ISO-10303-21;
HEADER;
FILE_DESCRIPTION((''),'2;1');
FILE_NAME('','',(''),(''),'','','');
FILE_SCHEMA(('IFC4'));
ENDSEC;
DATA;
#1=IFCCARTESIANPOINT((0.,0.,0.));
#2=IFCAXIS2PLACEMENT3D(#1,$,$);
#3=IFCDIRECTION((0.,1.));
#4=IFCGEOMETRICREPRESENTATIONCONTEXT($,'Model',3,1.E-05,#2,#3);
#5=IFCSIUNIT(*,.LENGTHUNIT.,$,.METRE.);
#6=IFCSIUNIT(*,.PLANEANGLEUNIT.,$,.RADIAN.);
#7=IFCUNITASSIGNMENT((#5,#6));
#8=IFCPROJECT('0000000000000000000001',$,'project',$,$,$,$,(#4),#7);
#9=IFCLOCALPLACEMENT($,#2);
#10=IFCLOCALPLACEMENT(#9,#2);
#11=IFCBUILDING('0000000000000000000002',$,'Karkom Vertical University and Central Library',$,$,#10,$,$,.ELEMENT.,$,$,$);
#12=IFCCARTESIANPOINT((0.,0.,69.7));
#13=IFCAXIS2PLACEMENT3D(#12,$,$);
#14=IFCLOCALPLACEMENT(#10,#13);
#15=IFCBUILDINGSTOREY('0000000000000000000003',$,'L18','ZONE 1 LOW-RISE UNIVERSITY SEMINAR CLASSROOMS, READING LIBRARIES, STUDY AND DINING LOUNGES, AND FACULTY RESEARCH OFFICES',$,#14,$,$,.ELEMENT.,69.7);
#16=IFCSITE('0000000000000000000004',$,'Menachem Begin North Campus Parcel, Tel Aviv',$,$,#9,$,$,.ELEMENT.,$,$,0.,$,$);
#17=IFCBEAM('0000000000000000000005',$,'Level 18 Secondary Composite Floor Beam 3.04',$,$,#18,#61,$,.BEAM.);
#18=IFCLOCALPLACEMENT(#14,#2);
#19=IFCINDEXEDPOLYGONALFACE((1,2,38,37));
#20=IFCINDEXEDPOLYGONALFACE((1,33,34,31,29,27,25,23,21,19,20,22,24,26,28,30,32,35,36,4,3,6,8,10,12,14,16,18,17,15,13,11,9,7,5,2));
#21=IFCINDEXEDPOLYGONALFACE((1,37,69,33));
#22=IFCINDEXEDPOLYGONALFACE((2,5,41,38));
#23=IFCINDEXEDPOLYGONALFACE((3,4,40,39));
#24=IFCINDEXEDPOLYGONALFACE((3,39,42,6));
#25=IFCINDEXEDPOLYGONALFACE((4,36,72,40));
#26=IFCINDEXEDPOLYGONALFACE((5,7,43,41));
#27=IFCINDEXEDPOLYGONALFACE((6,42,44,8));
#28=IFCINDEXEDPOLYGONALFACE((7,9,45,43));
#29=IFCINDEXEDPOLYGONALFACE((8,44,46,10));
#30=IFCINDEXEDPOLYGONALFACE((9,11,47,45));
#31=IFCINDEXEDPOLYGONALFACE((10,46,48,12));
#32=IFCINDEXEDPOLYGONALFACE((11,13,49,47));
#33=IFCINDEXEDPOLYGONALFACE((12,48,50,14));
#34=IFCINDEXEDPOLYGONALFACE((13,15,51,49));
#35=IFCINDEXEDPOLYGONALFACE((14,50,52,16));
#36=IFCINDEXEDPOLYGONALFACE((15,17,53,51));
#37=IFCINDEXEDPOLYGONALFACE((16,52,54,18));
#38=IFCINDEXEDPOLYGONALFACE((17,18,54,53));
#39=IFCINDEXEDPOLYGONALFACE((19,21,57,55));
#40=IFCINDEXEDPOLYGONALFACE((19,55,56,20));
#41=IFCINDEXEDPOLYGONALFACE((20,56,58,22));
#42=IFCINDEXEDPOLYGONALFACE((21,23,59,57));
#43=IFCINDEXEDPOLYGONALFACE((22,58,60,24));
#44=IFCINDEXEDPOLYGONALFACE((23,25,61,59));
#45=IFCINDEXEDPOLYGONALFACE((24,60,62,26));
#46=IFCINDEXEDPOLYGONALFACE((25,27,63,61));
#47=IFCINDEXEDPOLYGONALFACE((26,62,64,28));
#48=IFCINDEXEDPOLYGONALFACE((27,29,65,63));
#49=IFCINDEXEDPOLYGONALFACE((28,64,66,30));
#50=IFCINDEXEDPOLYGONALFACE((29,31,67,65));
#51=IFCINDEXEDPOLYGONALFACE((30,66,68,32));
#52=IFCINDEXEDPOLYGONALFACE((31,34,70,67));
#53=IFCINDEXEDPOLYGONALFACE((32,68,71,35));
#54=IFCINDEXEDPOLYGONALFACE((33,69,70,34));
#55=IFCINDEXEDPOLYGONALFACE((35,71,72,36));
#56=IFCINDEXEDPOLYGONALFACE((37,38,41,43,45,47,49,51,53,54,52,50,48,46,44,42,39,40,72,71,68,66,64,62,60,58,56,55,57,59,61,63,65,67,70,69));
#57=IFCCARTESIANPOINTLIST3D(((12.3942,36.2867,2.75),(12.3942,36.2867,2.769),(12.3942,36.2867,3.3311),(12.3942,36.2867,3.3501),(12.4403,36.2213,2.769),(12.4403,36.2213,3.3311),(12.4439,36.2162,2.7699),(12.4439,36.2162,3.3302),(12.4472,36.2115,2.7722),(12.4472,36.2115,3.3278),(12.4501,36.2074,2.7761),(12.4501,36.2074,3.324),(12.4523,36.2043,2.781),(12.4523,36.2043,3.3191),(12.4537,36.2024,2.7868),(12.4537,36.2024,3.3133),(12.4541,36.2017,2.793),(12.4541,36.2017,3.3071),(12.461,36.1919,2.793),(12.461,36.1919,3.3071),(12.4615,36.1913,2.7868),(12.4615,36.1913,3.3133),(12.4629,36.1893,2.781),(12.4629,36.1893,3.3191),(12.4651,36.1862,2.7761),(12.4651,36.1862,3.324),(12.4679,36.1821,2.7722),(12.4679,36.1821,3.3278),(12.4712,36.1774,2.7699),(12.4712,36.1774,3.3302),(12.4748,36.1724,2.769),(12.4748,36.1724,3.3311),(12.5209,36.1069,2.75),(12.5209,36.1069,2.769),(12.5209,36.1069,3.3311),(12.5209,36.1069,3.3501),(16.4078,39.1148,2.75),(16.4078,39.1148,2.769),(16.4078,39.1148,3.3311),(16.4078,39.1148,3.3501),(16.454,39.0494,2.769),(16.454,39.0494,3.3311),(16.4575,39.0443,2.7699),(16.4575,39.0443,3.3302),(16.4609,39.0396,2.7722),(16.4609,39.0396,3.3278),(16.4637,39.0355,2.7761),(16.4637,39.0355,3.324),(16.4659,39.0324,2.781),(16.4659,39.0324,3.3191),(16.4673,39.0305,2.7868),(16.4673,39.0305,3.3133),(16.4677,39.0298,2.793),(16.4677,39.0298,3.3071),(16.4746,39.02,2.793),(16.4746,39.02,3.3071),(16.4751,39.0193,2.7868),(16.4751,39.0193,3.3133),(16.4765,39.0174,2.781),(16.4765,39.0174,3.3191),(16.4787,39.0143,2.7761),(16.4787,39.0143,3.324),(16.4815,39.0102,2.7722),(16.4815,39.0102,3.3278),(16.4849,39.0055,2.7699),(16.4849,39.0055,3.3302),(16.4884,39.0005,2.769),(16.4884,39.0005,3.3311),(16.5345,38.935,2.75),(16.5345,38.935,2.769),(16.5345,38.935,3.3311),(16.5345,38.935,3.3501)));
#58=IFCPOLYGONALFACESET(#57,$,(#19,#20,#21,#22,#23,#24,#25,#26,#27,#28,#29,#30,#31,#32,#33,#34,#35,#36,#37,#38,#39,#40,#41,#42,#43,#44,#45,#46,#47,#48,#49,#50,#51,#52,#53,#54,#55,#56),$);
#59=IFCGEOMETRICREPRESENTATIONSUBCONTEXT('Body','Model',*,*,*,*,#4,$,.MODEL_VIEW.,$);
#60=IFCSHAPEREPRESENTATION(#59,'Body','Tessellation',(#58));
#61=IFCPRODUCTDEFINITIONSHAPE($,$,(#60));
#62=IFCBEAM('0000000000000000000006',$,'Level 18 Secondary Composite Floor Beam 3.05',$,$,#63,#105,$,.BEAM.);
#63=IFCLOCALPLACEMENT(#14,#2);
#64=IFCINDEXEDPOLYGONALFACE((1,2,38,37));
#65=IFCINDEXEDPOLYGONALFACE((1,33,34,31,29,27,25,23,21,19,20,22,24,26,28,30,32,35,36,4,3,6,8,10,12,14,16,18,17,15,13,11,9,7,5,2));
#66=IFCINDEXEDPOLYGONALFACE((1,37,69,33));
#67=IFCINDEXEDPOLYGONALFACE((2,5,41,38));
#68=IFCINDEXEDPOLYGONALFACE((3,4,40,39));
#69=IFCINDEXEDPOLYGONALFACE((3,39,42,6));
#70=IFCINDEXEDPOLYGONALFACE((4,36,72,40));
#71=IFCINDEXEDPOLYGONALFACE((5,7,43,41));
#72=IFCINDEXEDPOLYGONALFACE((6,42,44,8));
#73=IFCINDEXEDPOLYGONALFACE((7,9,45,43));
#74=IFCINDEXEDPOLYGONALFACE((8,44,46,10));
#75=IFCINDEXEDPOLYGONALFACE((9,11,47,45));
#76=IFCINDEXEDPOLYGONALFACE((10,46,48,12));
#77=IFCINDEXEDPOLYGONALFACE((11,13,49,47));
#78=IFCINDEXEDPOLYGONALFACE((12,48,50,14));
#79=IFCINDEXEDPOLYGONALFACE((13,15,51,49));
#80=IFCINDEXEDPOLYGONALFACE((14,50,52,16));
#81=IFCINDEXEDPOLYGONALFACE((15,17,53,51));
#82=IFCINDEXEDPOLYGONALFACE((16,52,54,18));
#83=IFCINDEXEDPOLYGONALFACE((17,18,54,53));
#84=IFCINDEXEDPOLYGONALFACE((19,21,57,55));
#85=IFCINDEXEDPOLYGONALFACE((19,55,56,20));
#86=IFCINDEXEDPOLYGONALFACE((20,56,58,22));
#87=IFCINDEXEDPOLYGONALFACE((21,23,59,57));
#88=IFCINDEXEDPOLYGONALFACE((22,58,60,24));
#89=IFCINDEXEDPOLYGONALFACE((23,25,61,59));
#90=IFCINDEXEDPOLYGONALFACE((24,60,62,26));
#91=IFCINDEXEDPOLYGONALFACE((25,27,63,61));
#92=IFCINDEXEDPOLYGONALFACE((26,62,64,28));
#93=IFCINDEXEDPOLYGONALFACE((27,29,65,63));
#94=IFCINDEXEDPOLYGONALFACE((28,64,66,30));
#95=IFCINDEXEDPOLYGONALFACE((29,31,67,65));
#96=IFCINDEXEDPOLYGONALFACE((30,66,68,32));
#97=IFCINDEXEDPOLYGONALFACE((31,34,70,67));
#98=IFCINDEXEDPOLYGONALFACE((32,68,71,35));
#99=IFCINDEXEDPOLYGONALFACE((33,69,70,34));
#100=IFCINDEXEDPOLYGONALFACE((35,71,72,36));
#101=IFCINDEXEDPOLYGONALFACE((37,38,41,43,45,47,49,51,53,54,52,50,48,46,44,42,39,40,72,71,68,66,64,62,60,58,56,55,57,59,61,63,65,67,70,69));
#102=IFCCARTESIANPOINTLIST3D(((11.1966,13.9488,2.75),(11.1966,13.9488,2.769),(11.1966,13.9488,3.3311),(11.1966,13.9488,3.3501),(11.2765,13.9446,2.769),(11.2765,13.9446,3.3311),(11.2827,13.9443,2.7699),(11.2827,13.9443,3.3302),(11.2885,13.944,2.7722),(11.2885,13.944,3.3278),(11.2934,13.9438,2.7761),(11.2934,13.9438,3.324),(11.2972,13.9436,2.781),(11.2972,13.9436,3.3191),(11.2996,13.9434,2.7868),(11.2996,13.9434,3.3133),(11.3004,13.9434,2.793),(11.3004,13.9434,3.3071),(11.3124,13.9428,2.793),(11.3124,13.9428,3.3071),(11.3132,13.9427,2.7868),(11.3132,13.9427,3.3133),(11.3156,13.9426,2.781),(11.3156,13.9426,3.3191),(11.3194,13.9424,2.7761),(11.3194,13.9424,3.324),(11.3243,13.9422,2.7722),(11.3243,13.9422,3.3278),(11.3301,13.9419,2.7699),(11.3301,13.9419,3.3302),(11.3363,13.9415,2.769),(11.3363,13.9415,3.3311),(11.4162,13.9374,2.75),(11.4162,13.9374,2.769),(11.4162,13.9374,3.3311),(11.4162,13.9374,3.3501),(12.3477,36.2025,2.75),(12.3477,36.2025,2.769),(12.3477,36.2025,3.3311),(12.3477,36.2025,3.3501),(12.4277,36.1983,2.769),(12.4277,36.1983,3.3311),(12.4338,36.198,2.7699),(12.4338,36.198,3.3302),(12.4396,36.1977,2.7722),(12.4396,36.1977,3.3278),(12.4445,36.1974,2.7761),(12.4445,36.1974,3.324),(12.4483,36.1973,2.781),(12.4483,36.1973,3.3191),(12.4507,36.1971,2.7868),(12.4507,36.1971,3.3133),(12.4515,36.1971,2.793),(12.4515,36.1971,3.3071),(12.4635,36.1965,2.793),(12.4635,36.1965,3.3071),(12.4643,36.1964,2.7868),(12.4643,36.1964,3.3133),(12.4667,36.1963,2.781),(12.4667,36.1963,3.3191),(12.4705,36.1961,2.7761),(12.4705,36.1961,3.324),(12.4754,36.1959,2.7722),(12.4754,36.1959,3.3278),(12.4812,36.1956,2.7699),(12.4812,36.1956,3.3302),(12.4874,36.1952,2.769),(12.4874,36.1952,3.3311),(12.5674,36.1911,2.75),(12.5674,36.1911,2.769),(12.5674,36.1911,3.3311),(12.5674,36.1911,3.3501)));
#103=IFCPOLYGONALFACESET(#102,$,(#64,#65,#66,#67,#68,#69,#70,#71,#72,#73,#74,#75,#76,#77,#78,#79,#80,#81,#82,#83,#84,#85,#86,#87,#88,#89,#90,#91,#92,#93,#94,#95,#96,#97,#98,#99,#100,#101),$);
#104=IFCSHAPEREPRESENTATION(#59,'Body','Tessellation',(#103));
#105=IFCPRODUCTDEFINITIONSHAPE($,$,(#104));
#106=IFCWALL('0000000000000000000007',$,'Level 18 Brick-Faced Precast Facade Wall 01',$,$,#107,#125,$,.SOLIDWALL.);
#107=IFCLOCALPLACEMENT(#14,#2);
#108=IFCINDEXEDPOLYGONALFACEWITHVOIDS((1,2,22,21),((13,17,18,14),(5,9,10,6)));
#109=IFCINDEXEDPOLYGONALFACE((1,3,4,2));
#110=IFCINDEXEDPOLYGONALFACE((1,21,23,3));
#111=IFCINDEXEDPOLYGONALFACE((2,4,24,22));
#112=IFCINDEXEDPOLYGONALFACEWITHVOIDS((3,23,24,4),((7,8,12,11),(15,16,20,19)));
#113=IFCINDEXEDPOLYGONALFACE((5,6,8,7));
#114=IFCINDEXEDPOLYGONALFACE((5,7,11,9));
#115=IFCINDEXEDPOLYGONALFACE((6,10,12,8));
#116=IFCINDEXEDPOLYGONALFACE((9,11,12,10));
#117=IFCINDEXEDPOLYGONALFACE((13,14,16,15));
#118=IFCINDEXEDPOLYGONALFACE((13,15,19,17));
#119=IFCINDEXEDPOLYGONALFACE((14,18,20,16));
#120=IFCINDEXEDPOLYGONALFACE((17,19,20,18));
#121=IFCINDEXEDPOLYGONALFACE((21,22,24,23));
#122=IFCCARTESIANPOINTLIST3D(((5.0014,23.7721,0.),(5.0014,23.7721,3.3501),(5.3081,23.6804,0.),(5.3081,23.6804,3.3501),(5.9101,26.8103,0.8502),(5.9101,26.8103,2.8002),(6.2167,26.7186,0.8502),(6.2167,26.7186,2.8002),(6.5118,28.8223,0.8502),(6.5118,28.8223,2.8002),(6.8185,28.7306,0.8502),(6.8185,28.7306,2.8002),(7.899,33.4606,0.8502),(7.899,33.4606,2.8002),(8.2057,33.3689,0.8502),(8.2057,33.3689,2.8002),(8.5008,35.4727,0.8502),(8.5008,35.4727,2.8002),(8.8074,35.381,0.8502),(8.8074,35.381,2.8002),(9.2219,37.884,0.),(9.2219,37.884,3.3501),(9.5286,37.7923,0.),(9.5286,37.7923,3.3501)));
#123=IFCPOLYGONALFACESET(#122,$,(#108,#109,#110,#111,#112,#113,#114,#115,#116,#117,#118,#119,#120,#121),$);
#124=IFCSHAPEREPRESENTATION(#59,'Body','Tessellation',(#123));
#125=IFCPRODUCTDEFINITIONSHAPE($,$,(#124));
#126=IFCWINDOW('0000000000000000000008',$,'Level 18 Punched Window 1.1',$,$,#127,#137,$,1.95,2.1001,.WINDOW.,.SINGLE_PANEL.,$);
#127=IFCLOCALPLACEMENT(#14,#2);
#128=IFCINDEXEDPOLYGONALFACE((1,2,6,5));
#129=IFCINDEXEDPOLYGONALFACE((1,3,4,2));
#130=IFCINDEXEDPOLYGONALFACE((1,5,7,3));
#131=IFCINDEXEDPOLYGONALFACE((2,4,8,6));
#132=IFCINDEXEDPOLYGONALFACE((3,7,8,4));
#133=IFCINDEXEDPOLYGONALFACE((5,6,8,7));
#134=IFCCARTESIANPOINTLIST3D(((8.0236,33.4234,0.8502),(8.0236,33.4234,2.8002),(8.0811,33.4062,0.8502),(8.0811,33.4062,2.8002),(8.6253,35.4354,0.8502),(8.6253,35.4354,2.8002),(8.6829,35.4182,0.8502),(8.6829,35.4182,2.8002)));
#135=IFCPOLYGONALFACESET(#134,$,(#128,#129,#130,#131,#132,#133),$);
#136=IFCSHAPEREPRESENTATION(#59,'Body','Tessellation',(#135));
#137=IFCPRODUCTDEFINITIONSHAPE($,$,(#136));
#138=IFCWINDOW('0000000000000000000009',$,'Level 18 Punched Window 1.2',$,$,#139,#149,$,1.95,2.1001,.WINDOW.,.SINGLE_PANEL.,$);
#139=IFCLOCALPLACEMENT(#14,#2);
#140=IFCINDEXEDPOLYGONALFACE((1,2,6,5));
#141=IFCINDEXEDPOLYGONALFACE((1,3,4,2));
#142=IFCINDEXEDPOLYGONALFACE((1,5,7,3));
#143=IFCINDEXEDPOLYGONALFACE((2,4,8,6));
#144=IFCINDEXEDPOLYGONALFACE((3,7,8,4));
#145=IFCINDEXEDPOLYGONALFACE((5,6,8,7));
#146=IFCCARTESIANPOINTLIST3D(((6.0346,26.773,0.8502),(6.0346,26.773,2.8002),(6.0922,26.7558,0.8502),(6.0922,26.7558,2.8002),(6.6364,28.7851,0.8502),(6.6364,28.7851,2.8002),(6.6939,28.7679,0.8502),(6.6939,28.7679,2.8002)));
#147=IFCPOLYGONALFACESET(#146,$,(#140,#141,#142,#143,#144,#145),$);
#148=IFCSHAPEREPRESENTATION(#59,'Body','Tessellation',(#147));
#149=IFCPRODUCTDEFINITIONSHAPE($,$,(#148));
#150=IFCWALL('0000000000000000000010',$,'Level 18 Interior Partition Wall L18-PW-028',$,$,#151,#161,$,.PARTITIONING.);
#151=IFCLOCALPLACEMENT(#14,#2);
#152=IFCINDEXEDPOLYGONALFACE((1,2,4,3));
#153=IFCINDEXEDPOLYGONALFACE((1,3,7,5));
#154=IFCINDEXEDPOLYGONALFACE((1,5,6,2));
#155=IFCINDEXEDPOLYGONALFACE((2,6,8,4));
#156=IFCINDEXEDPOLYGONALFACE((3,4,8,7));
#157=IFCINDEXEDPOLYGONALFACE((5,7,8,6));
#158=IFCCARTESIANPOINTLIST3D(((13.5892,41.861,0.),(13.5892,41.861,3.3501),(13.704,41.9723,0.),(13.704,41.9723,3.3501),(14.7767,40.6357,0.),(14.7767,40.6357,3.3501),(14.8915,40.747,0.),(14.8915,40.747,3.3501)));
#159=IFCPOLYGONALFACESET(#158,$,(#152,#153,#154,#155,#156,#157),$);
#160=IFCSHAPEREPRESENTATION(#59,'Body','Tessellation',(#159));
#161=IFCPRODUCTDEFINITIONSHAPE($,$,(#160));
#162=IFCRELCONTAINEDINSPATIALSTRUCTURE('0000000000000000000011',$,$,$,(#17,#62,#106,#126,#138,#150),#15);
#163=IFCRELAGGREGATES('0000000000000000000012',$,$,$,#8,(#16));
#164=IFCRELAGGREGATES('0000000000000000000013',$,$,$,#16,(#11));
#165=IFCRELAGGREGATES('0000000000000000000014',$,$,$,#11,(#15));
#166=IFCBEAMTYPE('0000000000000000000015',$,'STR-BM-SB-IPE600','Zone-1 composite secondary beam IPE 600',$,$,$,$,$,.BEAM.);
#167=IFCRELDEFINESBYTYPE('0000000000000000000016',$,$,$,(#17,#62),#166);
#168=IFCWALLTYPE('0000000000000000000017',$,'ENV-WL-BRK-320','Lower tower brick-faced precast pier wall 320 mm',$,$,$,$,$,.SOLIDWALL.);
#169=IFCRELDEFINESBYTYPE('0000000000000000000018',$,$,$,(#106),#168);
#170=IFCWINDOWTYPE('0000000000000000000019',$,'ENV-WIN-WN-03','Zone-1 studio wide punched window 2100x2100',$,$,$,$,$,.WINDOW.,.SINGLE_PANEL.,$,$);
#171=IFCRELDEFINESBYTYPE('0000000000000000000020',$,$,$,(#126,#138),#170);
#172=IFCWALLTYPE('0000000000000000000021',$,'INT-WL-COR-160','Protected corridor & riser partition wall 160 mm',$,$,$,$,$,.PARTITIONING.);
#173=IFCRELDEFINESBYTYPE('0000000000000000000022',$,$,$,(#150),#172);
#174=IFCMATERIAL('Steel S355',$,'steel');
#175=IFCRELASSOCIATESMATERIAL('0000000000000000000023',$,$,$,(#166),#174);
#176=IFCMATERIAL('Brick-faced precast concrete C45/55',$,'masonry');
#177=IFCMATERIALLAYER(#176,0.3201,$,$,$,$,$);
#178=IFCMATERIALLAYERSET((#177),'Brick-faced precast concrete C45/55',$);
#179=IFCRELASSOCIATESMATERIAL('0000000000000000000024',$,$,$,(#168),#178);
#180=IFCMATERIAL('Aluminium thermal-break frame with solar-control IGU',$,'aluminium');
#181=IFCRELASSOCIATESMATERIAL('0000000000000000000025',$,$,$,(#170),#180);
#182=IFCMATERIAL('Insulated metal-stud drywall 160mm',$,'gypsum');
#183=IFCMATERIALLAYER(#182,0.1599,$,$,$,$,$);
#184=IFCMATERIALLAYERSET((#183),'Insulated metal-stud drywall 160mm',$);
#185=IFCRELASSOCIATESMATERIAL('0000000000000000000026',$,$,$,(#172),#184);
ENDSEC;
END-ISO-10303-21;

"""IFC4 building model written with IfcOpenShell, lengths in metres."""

from ifc_helpers import new_model, si_unit, direction, frame, frame_2d, origin, origin_with_axes, origin_2d, place, context, subcontext, project, spatial, rectangle, i_section, extrude, source, transform, mapped, material, layer, layer_set, material_profile, profile_set, type_object, element, fill, save


model = new_model("IFC4")

# Units and contexts
model_context = context("Model", 3, precision=1e-05, world=origin(), true_north=direction((0.0, 1.0)))
body_context = subcontext(model_context, "Body", "Model", "MODEL_VIEW")
ifc_project = project(units=[si_unit("LENGTHUNIT", "METRE"), si_unit("PLANEANGLEUNIT", "RADIAN")], contexts=[model_context])

# Site, building, storey
site_placement = place(None, origin())
site = spatial("IfcSite", under=ifc_project, at=site_placement, Name="Menachem Begin North Campus Parcel, Tel Aviv", CompositionType="ELEMENT", RefElevation=0.0)
building_placement = place(site_placement, origin())
building = spatial("IfcBuilding", under=site, at=building_placement, Name="Karkom Vertical University and Central Library", CompositionType="ELEMENT")
storey_placement = place(building_placement, frame((0.0, 0.0, 69.7)))
storey = spatial("IfcBuildingStorey", under=building, at=storey_placement, Name="L18", Description="ZONE 1 LOW-RISE UNIVERSITY SEMINAR CLASSROOMS, READING LIBRARIES, STUDY AND DINING LOUNGES, AND FACULTY RESEARCH OFFICES", CompositionType="ELEMENT", Elevation=69.7)

# Beams
ifc_material_1 = material(Name="Steel S355", Category="steel")
ifc_material_profile_1 = material_profile(ifc_material_1, i_section(OverallWidth=0.22, OverallDepth=0.6001, WebThickness=0.012, FlangeThickness=0.019, FilletRadius=0.0239, at=origin_2d()), Name="IPE 600")
ifc_profile_set_1 = profile_set([ifc_material_profile_1], Name="Steel S355")
beam_type_1 = type_object("IfcBeamType", Name="STR-BM-SB-IPE600", Description="Zone-1 composite secondary beam IPE 600", PredefinedType="BEAM", material=ifc_profile_set_1)
shared_shape_1 = source(origin_with_axes(), body_context, "Body", "SweptSolid", [
    extrude(i_section(OverallWidth=0.22, OverallDepth=0.6001, WebThickness=0.012, FlangeThickness=0.019, FilletRadius=0.0239, at=origin_2d()), origin(), (0.0, 0.0, 1.0), 4.9099),
])
beam_1_placement = place(storey_placement, frame((16.4712, 39.0249, 3.05), z_axis=(-0.817453, -0.575996, 0.0), x_axis=(0.575996, -0.817453, 0.0)))
element("IfcBeam", 1, at=beam_1_placement, inside=storey, type_object=beam_type_1, Name="Level 18 Secondary Composite Floor Beam 3.04", PredefinedType="BEAM", context=body_context, shape_type="MappedRepresentation", body=[
    mapped(shared_shape_1, transform((0.0, 0.0, 0.0), scale=1.0)),
])
shared_shape_2 = source(origin_with_axes(), body_context, "Body", "SweptSolid", [
    extrude(i_section(OverallWidth=0.22, OverallDepth=0.6001, WebThickness=0.012, FlangeThickness=0.019, FilletRadius=0.0239, at=origin_2d()), origin(), (0.0, 0.0, 1.0), 22.2834),
])
beam_2_placement = place(storey_placement, frame((12.4575, 36.1968, 3.05), z_axis=(-0.051658, -0.998665, 0.0), x_axis=(0.998665, -0.051658, 0.0)))
element("IfcBeam", 2, at=beam_2_placement, inside=storey, type_object=beam_type_1, Name="Level 18 Secondary Composite Floor Beam 3.05", PredefinedType="BEAM", context=body_context, shape_type="MappedRepresentation", body=[
    mapped(shared_shape_2, transform((0.0, 0.0, 0.0), scale=1.0)),
])

# Wall, openings, windows
ifc_material_2 = material(Name="Brick-faced precast concrete C45/55", Category="masonry")
ifc_layer_1 = layer(ifc_material_2, 0.3201)
ifc_layer_set_1 = layer_set([ifc_layer_1], Name="Brick-faced precast concrete C45/55")
wall_type_1 = type_object("IfcWallType", Name="ENV-WL-BRK-320", Description="Lower tower brick-faced precast pier wall 320 mm", PredefinedType="SOLIDWALL", material=ifc_layer_set_1)
wall_1_placement = place(storey_placement, frame((9.3752, 37.8381, 0.0), z_axis=(0.0, 0.0, 1.0), x_axis=(-0.286533, -0.95807, 0.0)))
wall_1 = element("IfcWall", 3, at=wall_1_placement, inside=storey, type_object=wall_type_1, Name="Level 18 Brick-Faced Precast Facade Wall 01", PredefinedType="SOLIDWALL", context=body_context, shape_type="SweptSolid", body=[
    extrude(rectangle(XDim=14.7295, YDim=0.3201, at=frame_2d((7.3647, 0.0))), origin(), (0.0, 0.0, 1.0), 3.3501),
])
opening_1_placement = place(wall_1_placement, frame((2.5168, 0.0, 0.8501)))
opening_1 = element("IfcOpeningElement", 4, at=opening_1_placement, cuts=wall_1, PredefinedType="OPENING", context=body_context, shape_type="SweptSolid", body=[
    extrude(rectangle(XDim=2.1001, YDim=1.95, at=frame_2d((1.05, 0.9751))), frame((0.0, 0.1699, 0.0), z_axis=(0.0, -1.0, 0.0), x_axis=(1.0, 0.0, 0.0)), (0.0, 0.0, 1.0), 0.3401),
])
opening_2_placement = place(wall_1_placement, frame((9.4583, 0.0, 0.8501)))
opening_2 = element("IfcOpeningElement", 5, at=opening_2_placement, cuts=wall_1, PredefinedType="OPENING", context=body_context, shape_type="SweptSolid", body=[
    extrude(rectangle(XDim=2.1001, YDim=1.95, at=frame_2d((1.05, 0.9751))), frame((0.0, 0.1699, 0.0), z_axis=(0.0, -1.0, 0.0), x_axis=(1.0, 0.0, 0.0)), (0.0, 0.0, 1.0), 0.3401),
])
ifc_material_3 = material(Name="Aluminium thermal-break frame with solar-control IGU", Category="aluminium")
window_type = type_object("IfcWindowType", Name="ENV-WIN-WN-03", Description="Zone-1 studio wide punched window 2100x2100", PartitioningType="SINGLE_PANEL", PredefinedType="WINDOW", material=ifc_material_3)
shared_shape_3 = source(origin_with_axes(), body_context, "Body", "SweptSolid", [
    extrude(rectangle(XDim=2.1001, YDim=1.95, at=frame_2d((1.05, 0.9751))), frame((0.0, 0.03, 0.0), z_axis=(0.0, -1.0, 0.0), x_axis=(1.0, 0.0, 0.0)), (0.0, 0.0, 1.0), 0.0601),
])
window_1_placement = place(opening_1_placement, origin())
window_1 = element("IfcWindow", 6, at=window_1_placement, inside=storey, type_object=window_type, Name="Level 18 Punched Window 1.1", OverallHeight=1.95, OverallWidth=2.1001, PartitioningType="SINGLE_PANEL", PredefinedType="WINDOW", context=body_context, shape_type="MappedRepresentation", body=[
    mapped(shared_shape_3, transform((0.0, 0.0, 0.0), scale=1.0)),
])
fill(opening_1, window_1)
window_2_placement = place(opening_2_placement, origin())
window_2 = element("IfcWindow", 7, at=window_2_placement, inside=storey, type_object=window_type, Name="Level 18 Punched Window 1.2", OverallHeight=1.95, OverallWidth=2.1001, PartitioningType="SINGLE_PANEL", PredefinedType="WINDOW", context=body_context, shape_type="MappedRepresentation", body=[
    mapped(shared_shape_3, transform((0.0, 0.0, 0.0), scale=1.0)),
])
fill(opening_2, window_2)

# Shared definitions
ifc_material_4 = material(Name="Insulated metal-stud drywall 160mm", Category="gypsum")
ifc_layer_2 = layer(ifc_material_4, 0.1599)
ifc_layer_set_2 = layer_set([ifc_layer_2], Name="Insulated metal-stud drywall 160mm")
wall_type_2 = type_object("IfcWallType", Name="INT-WL-COR-160", Description="Protected corridor & riser partition wall 160 mm", PredefinedType="PARTITIONING", material=ifc_layer_set_2)

# Wall
wall_2_placement = place(storey_placement, frame((14.834, 40.6914, 0.0), z_axis=(0.0, 0.0, 1.0), x_axis=(-0.695931, 0.718108, 0.0)))
element("IfcWall", 8, at=wall_2_placement, inside=storey, type_object=wall_type_2, Name="Level 18 Interior Partition Wall L18-PW-028", PredefinedType="PARTITIONING", context=body_context, shape_type="SweptSolid", body=[
    extrude(rectangle(XDim=1.7063, YDim=0.1599, at=frame_2d((0.853, 0.0))), origin(), (0.0, 0.0, 1.0), 3.3501),
])

save(model, "model.ifc")
